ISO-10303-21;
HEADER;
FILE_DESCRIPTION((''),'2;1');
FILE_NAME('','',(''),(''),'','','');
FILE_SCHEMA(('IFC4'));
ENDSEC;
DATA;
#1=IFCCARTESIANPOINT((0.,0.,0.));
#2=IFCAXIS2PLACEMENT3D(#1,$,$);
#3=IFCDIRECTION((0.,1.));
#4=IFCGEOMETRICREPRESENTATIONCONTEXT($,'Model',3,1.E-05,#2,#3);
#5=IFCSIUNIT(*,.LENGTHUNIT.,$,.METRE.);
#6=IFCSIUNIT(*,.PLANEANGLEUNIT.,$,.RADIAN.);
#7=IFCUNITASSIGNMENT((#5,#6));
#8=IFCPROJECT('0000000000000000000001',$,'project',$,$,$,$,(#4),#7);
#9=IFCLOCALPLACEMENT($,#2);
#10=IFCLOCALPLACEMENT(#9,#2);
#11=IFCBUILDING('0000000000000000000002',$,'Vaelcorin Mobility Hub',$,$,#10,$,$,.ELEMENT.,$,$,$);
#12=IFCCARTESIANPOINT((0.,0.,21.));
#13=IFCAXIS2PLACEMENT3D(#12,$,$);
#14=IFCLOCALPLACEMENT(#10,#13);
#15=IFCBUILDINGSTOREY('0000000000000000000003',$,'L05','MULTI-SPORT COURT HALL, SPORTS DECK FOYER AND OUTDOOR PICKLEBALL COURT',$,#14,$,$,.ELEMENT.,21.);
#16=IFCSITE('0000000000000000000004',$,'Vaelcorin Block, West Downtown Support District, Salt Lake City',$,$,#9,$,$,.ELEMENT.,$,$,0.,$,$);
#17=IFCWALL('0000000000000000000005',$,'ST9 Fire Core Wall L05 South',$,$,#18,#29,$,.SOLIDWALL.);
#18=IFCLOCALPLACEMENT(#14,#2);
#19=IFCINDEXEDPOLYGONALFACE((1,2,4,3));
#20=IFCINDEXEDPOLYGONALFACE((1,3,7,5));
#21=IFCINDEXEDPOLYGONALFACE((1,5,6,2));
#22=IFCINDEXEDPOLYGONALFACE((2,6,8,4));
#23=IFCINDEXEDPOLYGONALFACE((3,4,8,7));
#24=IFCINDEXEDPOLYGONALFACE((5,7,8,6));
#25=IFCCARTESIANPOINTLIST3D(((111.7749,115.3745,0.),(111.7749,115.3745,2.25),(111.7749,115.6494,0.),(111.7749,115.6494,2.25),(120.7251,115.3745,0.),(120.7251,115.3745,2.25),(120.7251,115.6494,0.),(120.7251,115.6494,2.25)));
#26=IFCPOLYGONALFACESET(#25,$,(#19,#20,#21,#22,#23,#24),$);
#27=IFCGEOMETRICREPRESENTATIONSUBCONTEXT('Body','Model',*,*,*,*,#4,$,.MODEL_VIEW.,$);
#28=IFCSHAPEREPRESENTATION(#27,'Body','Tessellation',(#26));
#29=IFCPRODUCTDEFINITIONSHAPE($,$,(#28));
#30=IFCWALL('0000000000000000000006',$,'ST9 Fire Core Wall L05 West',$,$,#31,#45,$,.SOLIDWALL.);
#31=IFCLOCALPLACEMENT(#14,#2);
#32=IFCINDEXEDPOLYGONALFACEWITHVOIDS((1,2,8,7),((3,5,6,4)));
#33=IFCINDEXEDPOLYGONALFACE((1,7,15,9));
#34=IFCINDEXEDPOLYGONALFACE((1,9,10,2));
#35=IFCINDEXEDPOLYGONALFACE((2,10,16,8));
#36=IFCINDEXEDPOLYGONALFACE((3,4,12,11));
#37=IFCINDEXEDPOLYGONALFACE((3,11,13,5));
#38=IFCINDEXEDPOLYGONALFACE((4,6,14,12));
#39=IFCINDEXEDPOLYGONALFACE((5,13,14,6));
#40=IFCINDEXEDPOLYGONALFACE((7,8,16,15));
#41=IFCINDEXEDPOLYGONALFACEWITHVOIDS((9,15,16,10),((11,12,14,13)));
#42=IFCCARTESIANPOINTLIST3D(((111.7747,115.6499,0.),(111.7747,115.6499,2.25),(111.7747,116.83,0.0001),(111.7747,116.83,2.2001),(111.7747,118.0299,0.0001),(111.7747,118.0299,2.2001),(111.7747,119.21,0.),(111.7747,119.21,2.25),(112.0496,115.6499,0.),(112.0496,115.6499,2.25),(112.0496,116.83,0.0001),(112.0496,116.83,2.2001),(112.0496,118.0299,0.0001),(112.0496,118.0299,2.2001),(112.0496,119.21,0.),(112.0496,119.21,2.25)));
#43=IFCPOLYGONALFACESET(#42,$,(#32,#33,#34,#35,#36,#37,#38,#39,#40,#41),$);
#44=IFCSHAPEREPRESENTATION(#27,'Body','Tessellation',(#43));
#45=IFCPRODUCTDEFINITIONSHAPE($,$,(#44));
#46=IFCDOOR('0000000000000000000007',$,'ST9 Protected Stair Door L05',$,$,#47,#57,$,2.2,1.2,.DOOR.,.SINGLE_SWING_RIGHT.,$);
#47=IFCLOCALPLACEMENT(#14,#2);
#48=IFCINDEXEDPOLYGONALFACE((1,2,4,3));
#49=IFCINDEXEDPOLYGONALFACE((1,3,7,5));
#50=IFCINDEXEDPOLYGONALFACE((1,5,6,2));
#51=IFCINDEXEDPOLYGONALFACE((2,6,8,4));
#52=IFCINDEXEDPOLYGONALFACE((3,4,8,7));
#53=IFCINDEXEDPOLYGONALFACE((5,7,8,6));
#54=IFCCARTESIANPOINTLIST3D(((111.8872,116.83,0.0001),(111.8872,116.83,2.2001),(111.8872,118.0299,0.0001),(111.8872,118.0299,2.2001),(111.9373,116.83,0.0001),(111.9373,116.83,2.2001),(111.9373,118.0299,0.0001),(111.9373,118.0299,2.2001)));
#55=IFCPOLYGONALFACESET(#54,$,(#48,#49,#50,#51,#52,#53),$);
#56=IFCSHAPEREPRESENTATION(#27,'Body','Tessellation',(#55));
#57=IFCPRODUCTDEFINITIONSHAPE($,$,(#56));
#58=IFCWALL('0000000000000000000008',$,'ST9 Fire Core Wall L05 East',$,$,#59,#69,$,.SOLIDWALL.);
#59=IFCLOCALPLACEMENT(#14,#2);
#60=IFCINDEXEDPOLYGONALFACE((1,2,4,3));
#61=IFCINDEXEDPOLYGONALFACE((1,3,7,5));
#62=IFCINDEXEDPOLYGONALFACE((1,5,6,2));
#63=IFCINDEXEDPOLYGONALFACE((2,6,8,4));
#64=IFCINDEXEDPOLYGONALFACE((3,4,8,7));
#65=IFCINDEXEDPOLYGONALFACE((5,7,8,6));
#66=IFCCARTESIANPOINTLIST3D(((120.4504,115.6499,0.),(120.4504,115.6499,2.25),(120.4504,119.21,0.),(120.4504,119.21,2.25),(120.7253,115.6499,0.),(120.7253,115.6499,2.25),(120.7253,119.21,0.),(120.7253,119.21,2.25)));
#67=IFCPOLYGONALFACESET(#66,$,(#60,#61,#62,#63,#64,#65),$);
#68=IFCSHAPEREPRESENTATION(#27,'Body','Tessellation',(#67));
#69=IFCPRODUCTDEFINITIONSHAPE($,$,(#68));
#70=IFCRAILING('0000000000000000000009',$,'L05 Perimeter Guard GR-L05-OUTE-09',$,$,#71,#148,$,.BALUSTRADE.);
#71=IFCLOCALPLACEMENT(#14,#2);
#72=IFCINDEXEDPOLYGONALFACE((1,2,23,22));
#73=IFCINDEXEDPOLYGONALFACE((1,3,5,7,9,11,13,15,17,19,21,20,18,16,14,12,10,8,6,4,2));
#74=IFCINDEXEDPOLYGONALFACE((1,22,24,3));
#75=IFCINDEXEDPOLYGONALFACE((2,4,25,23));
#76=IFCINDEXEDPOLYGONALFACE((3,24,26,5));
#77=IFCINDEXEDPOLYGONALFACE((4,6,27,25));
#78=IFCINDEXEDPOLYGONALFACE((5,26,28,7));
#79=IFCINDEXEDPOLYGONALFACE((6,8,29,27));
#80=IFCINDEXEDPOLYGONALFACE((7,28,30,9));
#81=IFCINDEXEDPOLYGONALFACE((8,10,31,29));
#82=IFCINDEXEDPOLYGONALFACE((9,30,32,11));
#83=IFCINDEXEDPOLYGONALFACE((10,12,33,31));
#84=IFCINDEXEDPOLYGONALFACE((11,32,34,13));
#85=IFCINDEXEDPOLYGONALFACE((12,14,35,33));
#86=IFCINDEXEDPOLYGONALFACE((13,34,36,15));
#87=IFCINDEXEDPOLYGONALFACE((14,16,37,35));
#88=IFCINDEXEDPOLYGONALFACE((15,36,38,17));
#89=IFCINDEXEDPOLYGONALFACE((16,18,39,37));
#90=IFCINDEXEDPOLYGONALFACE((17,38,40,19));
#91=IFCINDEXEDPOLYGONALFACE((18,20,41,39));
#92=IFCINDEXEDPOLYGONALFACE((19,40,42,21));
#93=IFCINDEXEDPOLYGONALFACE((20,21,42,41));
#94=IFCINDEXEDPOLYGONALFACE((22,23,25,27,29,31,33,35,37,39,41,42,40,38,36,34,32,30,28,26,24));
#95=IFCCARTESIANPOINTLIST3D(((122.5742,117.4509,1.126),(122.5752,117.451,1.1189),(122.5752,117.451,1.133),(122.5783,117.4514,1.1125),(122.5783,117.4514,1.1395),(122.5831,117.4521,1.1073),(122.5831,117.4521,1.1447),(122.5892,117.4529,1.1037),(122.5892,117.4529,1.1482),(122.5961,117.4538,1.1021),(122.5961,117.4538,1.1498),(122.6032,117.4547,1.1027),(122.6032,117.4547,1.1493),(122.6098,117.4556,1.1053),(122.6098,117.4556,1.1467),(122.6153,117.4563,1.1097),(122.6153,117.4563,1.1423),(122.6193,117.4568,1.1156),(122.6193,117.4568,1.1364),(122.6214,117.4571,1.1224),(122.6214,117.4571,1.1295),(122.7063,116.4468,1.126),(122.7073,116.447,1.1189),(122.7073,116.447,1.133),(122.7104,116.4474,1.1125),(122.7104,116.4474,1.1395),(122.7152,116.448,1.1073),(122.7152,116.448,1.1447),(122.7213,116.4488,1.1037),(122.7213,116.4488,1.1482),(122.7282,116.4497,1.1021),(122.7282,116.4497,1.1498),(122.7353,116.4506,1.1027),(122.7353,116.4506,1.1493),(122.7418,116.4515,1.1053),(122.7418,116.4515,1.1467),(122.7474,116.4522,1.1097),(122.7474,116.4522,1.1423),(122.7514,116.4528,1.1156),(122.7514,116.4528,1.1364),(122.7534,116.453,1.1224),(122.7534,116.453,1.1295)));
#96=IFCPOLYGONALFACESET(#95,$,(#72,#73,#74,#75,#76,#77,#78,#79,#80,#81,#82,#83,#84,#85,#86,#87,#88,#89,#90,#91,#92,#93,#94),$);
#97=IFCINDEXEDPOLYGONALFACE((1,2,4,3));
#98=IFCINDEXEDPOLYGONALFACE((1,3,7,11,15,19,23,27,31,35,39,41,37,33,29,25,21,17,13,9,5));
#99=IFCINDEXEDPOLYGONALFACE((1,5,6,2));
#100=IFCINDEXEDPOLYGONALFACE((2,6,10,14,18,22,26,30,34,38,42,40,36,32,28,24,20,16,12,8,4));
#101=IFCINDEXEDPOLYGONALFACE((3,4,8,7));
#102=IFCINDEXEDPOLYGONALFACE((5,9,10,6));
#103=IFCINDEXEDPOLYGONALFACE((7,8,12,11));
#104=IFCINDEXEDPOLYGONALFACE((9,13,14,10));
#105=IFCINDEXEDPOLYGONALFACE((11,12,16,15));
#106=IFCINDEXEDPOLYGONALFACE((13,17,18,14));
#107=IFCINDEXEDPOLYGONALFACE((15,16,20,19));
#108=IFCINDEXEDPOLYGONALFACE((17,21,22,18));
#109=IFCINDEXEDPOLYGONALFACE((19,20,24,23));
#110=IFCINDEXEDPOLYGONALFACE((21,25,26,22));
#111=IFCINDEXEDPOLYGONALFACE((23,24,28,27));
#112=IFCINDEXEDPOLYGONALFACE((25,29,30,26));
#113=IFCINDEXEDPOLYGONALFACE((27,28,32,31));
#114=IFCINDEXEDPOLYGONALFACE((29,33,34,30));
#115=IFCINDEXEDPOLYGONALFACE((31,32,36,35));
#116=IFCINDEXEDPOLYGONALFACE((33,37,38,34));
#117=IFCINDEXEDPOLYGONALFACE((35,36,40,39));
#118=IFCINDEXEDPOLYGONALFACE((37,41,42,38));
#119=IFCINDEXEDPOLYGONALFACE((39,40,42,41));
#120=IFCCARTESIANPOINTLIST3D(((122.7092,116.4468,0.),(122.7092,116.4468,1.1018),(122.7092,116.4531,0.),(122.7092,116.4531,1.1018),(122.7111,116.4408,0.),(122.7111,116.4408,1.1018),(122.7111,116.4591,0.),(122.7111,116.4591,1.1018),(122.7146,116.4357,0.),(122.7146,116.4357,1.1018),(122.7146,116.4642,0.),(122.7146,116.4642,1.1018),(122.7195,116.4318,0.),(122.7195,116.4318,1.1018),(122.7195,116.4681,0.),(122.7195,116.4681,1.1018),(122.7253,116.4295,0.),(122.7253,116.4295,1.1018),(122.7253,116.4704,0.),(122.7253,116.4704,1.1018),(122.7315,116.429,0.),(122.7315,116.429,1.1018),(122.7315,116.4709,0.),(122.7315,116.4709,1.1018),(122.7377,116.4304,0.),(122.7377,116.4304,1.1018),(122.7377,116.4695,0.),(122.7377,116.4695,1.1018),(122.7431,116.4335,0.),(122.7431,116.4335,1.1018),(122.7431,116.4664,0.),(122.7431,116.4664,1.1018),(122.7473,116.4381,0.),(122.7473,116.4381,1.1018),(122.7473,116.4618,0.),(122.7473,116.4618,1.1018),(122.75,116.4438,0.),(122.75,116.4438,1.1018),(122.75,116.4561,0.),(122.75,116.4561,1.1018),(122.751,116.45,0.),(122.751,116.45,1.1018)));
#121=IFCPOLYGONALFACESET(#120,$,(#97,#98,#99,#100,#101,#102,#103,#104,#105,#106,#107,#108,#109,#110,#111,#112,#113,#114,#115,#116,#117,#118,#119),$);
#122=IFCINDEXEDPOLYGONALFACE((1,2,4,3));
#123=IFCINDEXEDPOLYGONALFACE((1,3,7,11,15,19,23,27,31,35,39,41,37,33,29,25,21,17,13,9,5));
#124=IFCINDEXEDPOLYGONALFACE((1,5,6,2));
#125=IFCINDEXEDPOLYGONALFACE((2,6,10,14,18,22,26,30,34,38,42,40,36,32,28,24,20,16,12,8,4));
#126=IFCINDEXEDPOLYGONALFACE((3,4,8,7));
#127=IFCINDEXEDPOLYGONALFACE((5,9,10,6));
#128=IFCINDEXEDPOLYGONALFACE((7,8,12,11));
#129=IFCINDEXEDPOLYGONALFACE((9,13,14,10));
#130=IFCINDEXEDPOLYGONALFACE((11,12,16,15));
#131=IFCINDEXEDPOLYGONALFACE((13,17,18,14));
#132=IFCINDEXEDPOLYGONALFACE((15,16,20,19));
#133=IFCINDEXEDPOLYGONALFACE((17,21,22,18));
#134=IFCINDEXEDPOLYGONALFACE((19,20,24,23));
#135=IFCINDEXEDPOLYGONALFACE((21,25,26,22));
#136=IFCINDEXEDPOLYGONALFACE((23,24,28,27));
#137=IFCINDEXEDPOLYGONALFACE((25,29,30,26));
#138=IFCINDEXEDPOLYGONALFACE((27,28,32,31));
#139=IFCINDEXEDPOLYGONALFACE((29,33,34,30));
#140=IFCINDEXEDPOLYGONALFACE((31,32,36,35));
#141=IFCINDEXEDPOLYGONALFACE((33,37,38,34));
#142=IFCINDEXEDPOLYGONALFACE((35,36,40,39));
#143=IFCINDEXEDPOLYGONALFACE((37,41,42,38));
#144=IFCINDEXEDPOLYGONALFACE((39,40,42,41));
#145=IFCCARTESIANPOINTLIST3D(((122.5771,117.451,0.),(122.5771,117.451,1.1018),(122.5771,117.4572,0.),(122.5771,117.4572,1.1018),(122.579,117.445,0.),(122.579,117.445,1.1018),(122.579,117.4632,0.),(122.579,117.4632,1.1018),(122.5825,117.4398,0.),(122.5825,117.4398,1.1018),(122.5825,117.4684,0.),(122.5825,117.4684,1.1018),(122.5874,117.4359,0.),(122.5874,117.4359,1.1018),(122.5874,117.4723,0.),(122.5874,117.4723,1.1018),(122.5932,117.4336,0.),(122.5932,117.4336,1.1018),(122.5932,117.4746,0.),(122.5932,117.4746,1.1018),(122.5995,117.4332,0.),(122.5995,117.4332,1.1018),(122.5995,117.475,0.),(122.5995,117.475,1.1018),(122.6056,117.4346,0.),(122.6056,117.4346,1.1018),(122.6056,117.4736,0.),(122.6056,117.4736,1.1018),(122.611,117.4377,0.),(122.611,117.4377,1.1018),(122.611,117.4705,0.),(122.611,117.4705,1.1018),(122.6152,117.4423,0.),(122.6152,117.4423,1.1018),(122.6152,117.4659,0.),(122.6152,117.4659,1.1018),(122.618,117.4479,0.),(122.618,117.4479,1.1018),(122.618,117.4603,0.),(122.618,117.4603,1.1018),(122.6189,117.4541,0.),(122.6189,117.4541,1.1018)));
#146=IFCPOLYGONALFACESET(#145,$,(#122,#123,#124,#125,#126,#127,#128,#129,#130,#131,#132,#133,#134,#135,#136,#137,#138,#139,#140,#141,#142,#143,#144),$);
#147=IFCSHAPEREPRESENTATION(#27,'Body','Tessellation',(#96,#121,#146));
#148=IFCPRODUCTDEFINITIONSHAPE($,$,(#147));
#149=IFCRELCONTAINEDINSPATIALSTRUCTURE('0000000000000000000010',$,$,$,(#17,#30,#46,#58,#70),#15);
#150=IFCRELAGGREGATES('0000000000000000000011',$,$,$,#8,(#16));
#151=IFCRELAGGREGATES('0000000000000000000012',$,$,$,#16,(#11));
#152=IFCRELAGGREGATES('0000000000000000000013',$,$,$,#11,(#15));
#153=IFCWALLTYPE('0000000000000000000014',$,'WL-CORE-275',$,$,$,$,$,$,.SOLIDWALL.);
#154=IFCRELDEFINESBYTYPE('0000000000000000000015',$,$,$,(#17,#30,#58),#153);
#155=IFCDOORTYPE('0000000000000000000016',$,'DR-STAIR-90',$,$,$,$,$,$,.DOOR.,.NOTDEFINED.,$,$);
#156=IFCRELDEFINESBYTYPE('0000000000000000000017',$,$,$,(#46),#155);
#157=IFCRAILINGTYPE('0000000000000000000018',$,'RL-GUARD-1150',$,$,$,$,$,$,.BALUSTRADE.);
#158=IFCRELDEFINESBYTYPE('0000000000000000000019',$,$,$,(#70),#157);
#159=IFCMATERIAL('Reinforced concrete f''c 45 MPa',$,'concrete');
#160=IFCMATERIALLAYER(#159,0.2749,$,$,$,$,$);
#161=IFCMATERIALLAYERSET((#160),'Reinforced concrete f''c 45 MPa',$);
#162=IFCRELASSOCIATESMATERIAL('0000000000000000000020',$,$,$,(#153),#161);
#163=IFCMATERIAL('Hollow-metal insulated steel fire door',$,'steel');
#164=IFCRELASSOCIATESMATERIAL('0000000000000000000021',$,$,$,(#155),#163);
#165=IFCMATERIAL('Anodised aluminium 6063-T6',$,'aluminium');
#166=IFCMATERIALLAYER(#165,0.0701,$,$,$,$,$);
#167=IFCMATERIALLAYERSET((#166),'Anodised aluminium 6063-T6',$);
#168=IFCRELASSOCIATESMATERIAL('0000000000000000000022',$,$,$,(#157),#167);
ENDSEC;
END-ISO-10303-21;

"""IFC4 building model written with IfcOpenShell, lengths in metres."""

from ifc_helpers import new_model, si_unit, direction, frame, frame_2d, origin, origin_2d, place, context, subcontext, project, spatial, rectangle, circle, extrude, material, layer, layer_set, type_object, element, fill, save


model = new_model("IFC4")

# Units and contexts
model_context = context("Model", 3, precision=1e-05, world=origin(), true_north=direction((0.0, 1.0)))
body_context = subcontext(model_context, "Body", "Model", "MODEL_VIEW")
ifc_project = project(units=[si_unit("LENGTHUNIT", "METRE"), si_unit("PLANEANGLEUNIT", "RADIAN")], contexts=[model_context])

# Site, building, storey
site_placement = place(None, origin())
site = spatial("IfcSite", under=ifc_project, at=site_placement, Name="Vaelcorin Block, West Downtown Support District, Salt Lake City", CompositionType="ELEMENT", RefElevation=0.0)
building_placement = place(site_placement, origin())
building = spatial("IfcBuilding", under=site, at=building_placement, Name="Vaelcorin Mobility Hub", CompositionType="ELEMENT")
storey_placement = place(building_placement, frame((0.0, 0.0, 21.0)))
storey = spatial("IfcBuildingStorey", under=building, at=storey_placement, Name="L05", Description="MULTI-SPORT COURT HALL, SPORTS DECK FOYER AND OUTDOOR PICKLEBALL COURT", CompositionType="ELEMENT", Elevation=21.0)

# Shared definitions
ifc_material_1 = material(Name="Anodised aluminium 6063-T6", Category="aluminium")

# Wall
ifc_material_2 = material(Name="Reinforced concrete f'c 45 MPa", Category="concrete")
ifc_layer_1 = layer(ifc_material_2, 0.2749)
ifc_layer_set_1 = layer_set([ifc_layer_1], Name="Reinforced concrete f'c 45 MPa")
wall_type = type_object("IfcWallType", Name="WL-CORE-275", PredefinedType="SOLIDWALL", material=ifc_layer_set_1)
wall_1_placement = place(storey_placement, frame((120.7251, 115.512, 0.0), z_axis=(0.0, 0.0, 1.0), x_axis=(-1.0, 0.0, 0.0)))
element("IfcWall", 1, at=wall_1_placement, inside=storey, type_object=wall_type, Name="ST9 Fire Core Wall L05 South", PredefinedType="SOLIDWALL", context=body_context, shape_type="SweptSolid", body=[
    extrude(rectangle(XDim=8.9502, YDim=0.2749, at=frame_2d((4.4751, 0.0))), origin(), (0.0, 0.0, 1.0), 2.25),
])

# Wall, opening, door
wall_2_placement = place(storey_placement, frame((111.9121, 115.6499, 0.0), z_axis=(0.0, 0.0, 1.0), x_axis=(0.0, 1.0, 0.0)))
wall_2 = element("IfcWall", 2, at=wall_2_placement, inside=storey, type_object=wall_type, Name="ST9 Fire Core Wall L05 West", PredefinedType="SOLIDWALL", context=body_context, shape_type="SweptSolid", body=[
    extrude(rectangle(XDim=3.5601, YDim=0.2749, at=frame_2d((1.78, 0.0))), origin(), (0.0, 0.0, 1.0), 2.25),
])
opening_placement = place(wall_2_placement, frame((1.1799, 0.0, 0.0)))
opening = element("IfcOpeningElement", 3, at=opening_placement, cuts=wall_2, PredefinedType="OPENING", context=body_context, shape_type="SweptSolid", body=[
    extrude(rectangle(XDim=1.2, YDim=2.2, at=frame_2d((0.6001, 1.1001))), frame((0.0, 0.1475, 0.0), z_axis=(0.0, -1.0, 0.0), x_axis=(1.0, 0.0, 0.0)), (0.0, 0.0, 1.0), 0.2949),
])
ifc_material_3 = material(Name="Hollow-metal insulated steel fire door", Category="steel")
door_type = type_object("IfcDoorType", Name="DR-STAIR-90", OperationType="NOTDEFINED", PredefinedType="DOOR", material=ifc_material_3)
door_placement = place(opening_placement, origin())
door = element("IfcDoor", 4, at=door_placement, inside=storey, type_object=door_type, Name="ST9 Protected Stair Door L05", OperationType="SINGLE_SWING_RIGHT", OverallHeight=2.2, OverallWidth=1.2, PredefinedType="DOOR", context=body_context, shape_type="SweptSolid", body=[
    extrude(rectangle(XDim=1.2, YDim=2.2, at=frame_2d((0.6001, 1.1001))), frame((0.0, 0.0249, 0.0), z_axis=(0.0, -1.0, 0.0), x_axis=(1.0, 0.0, 0.0)), (0.0, 0.0, 1.0), 0.05),
])
fill(opening, door)

# Wall
wall_3_placement = place(storey_placement, frame((120.5879, 119.21, 0.0), z_axis=(0.0, 0.0, 1.0), x_axis=(0.0, -1.0, 0.0)))
element("IfcWall", 5, at=wall_3_placement, inside=storey, type_object=wall_type, Name="ST9 Fire Core Wall L05 East", PredefinedType="SOLIDWALL", context=body_context, shape_type="SweptSolid", body=[
    extrude(rectangle(XDim=3.5601, YDim=0.2749, at=frame_2d((1.78, 0.0))), origin(), (0.0, 0.0, 1.0), 2.25),
])

# Railing
ifc_layer_2 = layer(ifc_material_1, 0.0701)
ifc_layer_set_2 = layer_set([ifc_layer_2], Name="Anodised aluminium 6063-T6")
railing_type_1 = type_object("IfcRailingType", Name="RL-GUARD-1150", PredefinedType="BALUSTRADE", material=ifc_layer_set_2)
railing_1_placement = place(storey_placement, frame((122.73, 116.45, 0.0)))
element("IfcRailing", 6, at=railing_1_placement, inside=storey, type_object=railing_type_1, Name="L05 Perimeter Guard GR-L05-OUTE-09", PredefinedType="BALUSTRADE", context=body_context, shape_type="SweptSolid", body=[
    extrude(circle(Radius=0.0239, at=origin_2d()), frame((0.0, 0.0, 1.126), z_axis=(-0.130411, 0.99146, 0.0), x_axis=(-0.99146, -0.130411, 0.0)), (0.0, 0.0, 1.0), 1.0127),
    extrude(circle(Radius=0.021, at=origin_2d()), origin(), (0.0, 0.0, 1.0), 1.1018),
    extrude(circle(Radius=0.021, at=origin_2d()), frame((-0.1321, 1.0042, 0.0)), (0.0, 0.0, 1.0), 1.1018),
])

save(model, "model.ifc")
